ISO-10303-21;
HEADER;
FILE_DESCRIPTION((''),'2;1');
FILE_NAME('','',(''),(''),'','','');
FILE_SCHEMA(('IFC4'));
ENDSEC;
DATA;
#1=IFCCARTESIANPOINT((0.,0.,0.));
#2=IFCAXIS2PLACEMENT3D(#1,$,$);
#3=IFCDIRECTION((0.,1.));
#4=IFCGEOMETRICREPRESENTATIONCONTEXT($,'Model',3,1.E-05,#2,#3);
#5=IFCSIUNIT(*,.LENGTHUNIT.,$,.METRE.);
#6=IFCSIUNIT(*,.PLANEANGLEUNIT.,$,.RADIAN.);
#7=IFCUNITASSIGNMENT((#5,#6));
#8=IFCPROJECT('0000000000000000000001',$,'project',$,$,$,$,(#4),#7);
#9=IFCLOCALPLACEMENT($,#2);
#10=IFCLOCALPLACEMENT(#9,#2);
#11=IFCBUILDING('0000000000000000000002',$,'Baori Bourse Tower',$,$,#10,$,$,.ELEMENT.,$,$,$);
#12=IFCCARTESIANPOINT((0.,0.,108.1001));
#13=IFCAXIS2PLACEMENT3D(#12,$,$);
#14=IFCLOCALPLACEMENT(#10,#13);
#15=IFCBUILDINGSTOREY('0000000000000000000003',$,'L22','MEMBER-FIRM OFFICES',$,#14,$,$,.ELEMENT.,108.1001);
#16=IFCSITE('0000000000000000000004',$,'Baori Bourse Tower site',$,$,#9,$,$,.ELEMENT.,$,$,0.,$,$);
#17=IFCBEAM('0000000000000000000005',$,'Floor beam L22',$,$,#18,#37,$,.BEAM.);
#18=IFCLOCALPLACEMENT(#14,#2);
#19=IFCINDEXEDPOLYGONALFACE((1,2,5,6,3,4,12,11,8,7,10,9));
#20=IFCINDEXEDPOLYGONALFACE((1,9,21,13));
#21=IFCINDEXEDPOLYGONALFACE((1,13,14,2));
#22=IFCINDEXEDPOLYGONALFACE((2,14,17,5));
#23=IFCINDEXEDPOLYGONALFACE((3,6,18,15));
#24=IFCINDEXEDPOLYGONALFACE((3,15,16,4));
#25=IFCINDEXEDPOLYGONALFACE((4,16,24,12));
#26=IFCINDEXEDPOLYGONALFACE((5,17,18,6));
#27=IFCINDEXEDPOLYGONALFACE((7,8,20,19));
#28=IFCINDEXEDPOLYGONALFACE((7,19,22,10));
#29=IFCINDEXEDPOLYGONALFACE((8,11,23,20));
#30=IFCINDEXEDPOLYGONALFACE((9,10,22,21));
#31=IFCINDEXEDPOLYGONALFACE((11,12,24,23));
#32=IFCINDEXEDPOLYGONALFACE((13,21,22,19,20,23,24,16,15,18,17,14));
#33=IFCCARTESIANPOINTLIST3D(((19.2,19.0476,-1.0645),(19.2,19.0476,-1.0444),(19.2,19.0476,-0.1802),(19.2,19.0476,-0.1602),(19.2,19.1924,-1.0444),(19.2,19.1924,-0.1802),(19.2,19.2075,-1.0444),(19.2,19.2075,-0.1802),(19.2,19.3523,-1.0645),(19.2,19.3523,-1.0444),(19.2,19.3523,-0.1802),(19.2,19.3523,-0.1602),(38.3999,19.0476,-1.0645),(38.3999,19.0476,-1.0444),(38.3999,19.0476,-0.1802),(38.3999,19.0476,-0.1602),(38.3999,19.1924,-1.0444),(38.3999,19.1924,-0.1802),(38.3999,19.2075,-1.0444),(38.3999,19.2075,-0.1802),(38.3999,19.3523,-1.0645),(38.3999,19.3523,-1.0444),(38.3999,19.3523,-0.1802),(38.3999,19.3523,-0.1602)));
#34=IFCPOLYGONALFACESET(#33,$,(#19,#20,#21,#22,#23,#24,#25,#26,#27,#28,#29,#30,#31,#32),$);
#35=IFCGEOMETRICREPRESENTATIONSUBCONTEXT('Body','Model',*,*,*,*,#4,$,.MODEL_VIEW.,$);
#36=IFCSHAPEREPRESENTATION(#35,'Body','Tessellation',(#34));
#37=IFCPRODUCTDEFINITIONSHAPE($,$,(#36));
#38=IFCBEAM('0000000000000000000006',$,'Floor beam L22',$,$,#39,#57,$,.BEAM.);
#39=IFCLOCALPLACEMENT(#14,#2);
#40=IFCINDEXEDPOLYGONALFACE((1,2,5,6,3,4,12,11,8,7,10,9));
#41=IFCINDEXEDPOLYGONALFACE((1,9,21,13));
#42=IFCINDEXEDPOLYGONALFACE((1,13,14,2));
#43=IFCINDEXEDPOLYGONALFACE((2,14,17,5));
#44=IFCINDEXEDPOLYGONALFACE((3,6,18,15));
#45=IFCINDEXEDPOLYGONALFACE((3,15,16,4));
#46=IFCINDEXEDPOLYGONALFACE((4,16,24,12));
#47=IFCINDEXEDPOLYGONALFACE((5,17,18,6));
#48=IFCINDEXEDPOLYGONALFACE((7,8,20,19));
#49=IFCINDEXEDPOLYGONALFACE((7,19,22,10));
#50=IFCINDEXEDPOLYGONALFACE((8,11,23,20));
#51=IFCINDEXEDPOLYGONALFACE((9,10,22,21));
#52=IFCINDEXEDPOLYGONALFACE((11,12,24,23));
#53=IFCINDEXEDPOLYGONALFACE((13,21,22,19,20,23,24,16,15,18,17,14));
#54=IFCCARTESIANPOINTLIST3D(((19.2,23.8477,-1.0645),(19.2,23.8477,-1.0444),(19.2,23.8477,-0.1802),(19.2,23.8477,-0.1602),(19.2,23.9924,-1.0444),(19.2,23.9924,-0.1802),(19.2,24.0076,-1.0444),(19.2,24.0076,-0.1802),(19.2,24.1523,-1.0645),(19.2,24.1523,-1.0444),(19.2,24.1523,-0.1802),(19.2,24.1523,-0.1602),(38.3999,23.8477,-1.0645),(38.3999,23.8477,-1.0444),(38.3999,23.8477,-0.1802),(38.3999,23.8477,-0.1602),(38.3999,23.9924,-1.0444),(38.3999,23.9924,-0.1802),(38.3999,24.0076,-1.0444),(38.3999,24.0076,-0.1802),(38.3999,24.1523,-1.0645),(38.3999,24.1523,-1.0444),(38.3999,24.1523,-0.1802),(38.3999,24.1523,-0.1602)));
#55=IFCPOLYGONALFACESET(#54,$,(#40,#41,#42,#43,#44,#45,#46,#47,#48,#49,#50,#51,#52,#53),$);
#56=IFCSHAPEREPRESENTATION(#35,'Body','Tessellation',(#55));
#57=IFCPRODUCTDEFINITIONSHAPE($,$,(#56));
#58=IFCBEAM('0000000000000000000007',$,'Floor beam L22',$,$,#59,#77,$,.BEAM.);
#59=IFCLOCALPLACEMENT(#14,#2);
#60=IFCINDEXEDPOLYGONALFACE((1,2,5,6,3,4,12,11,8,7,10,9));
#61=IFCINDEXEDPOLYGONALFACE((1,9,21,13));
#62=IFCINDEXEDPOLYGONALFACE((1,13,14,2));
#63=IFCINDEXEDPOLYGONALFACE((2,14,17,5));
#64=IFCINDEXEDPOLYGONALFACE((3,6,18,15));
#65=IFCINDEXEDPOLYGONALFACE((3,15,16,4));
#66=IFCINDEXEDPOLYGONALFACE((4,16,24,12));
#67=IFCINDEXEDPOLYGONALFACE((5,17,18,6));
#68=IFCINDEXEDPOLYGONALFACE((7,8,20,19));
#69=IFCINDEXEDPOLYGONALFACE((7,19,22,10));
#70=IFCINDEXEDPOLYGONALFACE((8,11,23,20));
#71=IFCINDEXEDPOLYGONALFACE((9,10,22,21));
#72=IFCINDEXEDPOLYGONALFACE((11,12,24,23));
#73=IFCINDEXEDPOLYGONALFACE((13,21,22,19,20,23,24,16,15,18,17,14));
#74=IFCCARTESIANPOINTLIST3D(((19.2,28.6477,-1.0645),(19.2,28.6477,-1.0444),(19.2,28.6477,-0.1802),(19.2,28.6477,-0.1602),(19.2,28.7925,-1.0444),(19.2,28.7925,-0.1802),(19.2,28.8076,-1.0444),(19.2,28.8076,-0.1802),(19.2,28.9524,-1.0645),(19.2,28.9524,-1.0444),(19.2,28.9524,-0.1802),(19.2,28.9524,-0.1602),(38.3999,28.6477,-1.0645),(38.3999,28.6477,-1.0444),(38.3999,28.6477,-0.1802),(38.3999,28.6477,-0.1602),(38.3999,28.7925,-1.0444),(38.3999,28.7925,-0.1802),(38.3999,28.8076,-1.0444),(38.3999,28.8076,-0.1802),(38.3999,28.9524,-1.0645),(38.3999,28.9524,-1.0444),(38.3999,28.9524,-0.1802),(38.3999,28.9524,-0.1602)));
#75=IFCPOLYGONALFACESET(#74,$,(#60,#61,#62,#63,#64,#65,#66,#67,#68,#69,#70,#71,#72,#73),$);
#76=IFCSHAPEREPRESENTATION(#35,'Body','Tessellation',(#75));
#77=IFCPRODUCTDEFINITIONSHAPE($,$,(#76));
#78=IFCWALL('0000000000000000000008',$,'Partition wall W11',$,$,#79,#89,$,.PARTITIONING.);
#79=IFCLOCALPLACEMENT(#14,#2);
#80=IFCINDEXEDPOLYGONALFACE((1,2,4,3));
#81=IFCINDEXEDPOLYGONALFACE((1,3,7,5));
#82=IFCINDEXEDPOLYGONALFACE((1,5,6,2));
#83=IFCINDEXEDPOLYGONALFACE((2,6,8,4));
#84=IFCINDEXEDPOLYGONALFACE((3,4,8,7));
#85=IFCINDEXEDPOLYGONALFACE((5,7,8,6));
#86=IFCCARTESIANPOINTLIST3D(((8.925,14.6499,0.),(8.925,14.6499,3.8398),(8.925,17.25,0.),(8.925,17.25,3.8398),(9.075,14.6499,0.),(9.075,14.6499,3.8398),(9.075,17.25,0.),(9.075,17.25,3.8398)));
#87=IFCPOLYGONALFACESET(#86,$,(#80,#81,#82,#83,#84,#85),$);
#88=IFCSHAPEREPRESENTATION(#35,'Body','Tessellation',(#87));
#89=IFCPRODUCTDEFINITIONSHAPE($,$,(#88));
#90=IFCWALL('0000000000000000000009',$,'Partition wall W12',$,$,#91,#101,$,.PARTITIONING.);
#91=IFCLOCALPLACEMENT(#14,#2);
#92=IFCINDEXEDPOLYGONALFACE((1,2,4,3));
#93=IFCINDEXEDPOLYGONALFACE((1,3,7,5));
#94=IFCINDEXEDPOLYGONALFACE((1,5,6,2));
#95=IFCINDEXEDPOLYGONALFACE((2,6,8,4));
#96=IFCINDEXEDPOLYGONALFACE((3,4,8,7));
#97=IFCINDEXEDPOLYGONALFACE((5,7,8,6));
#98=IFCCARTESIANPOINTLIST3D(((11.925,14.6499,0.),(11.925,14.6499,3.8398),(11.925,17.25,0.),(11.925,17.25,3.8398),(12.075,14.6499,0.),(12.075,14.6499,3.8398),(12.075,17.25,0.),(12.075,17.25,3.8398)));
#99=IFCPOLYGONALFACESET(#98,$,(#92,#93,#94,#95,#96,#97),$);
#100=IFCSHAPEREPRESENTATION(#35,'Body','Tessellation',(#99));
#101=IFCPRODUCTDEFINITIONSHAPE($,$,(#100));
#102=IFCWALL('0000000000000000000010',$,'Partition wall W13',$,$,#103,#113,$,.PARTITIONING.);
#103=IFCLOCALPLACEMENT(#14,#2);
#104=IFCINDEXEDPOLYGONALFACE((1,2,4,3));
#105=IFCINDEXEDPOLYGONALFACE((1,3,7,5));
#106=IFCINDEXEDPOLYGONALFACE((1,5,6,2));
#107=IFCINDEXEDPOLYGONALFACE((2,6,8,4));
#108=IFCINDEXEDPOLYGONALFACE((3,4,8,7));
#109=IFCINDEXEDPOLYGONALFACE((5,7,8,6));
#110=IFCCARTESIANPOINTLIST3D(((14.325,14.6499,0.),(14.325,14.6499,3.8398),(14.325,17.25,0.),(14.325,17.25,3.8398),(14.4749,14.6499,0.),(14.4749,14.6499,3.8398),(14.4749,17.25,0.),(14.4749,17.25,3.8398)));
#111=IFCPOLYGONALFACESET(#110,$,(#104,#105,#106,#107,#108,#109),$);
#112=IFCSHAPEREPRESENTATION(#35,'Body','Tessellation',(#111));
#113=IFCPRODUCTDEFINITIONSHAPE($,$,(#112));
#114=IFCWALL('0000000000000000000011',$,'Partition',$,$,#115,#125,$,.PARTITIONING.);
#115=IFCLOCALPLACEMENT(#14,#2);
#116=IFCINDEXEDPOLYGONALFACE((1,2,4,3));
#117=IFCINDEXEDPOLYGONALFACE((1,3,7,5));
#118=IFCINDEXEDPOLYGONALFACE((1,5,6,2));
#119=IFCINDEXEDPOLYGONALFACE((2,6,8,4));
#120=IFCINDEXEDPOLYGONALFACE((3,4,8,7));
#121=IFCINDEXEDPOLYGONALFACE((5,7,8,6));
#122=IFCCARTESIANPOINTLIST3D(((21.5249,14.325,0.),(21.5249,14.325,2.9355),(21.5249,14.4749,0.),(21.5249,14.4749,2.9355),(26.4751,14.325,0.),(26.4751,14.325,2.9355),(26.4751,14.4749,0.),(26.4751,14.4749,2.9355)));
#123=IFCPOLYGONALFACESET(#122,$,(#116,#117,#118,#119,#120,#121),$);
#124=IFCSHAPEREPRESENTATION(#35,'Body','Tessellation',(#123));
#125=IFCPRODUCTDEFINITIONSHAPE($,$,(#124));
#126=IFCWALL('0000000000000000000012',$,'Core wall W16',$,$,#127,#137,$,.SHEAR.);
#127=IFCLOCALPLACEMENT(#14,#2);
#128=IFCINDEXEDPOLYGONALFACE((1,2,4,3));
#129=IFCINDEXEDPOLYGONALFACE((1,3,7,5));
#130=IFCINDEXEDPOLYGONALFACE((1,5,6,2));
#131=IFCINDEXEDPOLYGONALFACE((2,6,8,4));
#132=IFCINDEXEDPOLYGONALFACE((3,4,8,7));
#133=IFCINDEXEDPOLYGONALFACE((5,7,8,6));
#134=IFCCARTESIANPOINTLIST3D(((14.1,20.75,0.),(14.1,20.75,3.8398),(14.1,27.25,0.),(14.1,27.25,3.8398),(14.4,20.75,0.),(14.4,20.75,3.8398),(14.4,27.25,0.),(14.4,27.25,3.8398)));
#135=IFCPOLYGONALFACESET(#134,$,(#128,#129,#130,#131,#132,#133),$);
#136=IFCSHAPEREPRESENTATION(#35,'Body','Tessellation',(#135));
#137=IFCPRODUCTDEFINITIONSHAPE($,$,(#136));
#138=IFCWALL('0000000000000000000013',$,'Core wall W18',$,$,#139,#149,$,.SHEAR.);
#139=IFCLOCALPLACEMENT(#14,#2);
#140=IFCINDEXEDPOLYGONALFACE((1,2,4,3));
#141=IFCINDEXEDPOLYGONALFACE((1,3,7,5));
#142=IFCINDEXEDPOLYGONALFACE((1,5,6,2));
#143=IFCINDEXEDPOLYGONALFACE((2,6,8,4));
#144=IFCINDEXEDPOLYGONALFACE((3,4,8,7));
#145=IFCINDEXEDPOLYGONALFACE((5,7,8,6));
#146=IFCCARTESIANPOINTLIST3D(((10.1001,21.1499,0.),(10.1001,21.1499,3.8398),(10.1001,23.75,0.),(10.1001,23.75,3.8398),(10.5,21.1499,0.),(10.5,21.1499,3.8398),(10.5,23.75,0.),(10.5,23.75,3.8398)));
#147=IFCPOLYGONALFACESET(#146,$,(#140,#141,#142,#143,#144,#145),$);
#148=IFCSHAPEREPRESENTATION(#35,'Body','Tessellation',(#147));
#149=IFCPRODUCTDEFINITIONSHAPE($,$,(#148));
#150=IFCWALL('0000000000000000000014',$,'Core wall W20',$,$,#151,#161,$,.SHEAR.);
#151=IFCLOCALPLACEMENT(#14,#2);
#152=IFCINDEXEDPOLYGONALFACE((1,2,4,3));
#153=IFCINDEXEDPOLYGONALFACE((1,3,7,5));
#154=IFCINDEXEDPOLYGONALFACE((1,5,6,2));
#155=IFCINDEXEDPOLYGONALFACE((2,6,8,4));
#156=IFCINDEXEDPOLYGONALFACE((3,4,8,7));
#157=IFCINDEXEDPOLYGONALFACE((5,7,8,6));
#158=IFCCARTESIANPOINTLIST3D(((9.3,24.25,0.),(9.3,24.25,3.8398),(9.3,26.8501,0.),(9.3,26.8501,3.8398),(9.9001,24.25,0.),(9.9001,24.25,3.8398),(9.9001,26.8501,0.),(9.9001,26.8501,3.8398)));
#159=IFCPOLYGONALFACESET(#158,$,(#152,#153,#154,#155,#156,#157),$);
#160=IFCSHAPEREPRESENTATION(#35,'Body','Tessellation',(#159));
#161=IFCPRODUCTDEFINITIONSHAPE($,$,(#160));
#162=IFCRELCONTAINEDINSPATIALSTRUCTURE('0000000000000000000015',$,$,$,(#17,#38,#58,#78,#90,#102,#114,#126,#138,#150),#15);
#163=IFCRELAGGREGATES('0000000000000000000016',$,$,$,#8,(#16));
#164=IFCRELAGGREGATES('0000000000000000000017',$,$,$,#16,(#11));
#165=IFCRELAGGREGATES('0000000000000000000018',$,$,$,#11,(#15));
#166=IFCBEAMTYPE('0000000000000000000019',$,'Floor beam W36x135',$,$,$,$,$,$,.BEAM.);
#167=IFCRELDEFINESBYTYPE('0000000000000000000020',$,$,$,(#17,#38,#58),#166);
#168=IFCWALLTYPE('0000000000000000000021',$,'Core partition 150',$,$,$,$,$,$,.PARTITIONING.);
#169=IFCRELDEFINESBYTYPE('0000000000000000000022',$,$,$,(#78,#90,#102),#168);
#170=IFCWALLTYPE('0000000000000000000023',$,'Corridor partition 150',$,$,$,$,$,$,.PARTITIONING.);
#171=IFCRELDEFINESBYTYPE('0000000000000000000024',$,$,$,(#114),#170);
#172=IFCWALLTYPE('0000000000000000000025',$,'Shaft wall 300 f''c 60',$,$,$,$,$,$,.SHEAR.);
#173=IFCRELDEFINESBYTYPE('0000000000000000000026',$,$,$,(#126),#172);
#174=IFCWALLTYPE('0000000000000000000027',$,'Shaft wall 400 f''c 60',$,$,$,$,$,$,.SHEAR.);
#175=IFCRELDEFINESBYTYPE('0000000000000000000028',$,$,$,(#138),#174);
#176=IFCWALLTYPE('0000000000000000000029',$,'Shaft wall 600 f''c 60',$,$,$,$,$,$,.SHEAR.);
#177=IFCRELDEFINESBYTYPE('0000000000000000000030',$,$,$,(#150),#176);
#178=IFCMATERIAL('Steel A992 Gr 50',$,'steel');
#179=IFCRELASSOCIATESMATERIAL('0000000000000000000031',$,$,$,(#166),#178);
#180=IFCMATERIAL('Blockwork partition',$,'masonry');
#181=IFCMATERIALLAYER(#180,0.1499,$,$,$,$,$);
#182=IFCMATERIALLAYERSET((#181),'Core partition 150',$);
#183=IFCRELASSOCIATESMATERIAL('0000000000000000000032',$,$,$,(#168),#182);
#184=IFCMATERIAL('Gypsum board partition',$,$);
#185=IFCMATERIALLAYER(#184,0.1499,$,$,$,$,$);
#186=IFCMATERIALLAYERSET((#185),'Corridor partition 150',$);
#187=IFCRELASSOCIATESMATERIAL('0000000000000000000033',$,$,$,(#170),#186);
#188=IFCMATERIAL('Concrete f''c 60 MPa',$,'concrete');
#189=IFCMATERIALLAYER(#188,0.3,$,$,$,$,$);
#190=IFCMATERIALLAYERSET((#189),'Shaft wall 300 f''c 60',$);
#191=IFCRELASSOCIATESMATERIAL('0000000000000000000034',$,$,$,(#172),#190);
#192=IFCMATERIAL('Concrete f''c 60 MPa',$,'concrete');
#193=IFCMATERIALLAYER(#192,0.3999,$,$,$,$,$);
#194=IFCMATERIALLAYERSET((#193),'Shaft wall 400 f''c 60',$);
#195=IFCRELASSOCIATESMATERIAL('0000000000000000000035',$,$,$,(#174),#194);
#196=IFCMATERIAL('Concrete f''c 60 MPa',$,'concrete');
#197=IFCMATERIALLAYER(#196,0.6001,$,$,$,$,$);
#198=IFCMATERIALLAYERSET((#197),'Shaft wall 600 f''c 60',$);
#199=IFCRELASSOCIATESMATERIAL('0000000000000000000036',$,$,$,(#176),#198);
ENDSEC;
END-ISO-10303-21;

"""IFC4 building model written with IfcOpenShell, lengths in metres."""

from ifc_helpers import new_model, si_unit, direction, frame, frame_2d, origin, origin_2d, place, context, subcontext, project, spatial, rectangle, i_section, extrude, material, layer, layer_set, material_profile, profile_set, type_object, element, save


model = new_model("IFC4")

# Units and contexts
model_context = context("Model", 3, precision=1e-05, world=origin(), true_north=direction((0.0, 1.0)))
body_context = subcontext(model_context, "Body", "Model", "MODEL_VIEW")
ifc_project = project(units=[si_unit("LENGTHUNIT", "METRE"), si_unit("PLANEANGLEUNIT", "RADIAN")], contexts=[model_context])

# Site, building, storey
site_placement = place(None, origin())
site = spatial("IfcSite", under=ifc_project, at=site_placement, Name="Baori Bourse Tower site", CompositionType="ELEMENT", RefElevation=0.0)
building_placement = place(site_placement, origin())
building = spatial("IfcBuilding", under=site, at=building_placement, Name="Baori Bourse Tower", CompositionType="ELEMENT")
storey_placement = place(building_placement, frame((0.0, 0.0, 108.1001)))
storey = spatial("IfcBuildingStorey", under=building, at=storey_placement, Name="L22", Description="MEMBER-FIRM OFFICES", CompositionType="ELEMENT", Elevation=108.1001)

# Beams
ifc_material_1 = material(Name="Steel A992 Gr 50", Category="steel")
ifc_material_profile = material_profile(ifc_material_1, i_section(OverallWidth=0.3047, OverallDepth=0.9043, WebThickness=0.0151, FlangeThickness=0.02, at=origin_2d()), Name="W36x135")
ifc_profile_set = profile_set([ifc_material_profile], Name="Steel A992 Gr 50")
beam_type = type_object("IfcBeamType", Name="Floor beam W36x135", PredefinedType="BEAM", material=ifc_profile_set)
for number, where, z_axis, x_axis, name in (
    (1, (19.2, 19.2, -0.6123), (1.0, 0.0, 0.0), (0.0, 1.0, 0.0), "Floor beam L22"),
    (2, (19.2, 24.0, -0.6123), (1.0, 0.0, 0.0), (0.0, 1.0, 0.0), "Floor beam L22"),
    (3, (19.2, 28.8, -0.6123), (1.0, 0.0, 0.0), (0.0, 1.0, 0.0), "Floor beam L22"),
):
    element("IfcBeam", number, at=place(storey_placement, frame(where, z_axis=z_axis, x_axis=x_axis)), inside=storey, type_object=beam_type, Name=name, PredefinedType="BEAM", context=body_context, shape_type="SweptSolid", body=[
        extrude(i_section(OverallWidth=0.3047, OverallDepth=0.9043, WebThickness=0.0151, FlangeThickness=0.02, at=origin_2d()), origin(), (0.0, 0.0, 1.0), 19.2),
    ])

# Walls
ifc_material_2 = material(Name="Blockwork partition", Category="masonry")
ifc_layer_1 = layer(ifc_material_2, 0.1499)
ifc_layer_set_1 = layer_set([ifc_layer_1], Name="Core partition 150")
wall_type_1 = type_object("IfcWallType", Name="Core partition 150", PredefinedType="PARTITIONING", material=ifc_layer_set_1)
for number, where, z_axis, x_axis, name in (
    (4, (9.0, 14.6499, 0.0), (0.0, 0.0, 1.0), (0.0, 1.0, 0.0), "Partition wall W11"),
    (5, (12.0, 14.6499, 0.0), (0.0, 0.0, 1.0), (0.0, 1.0, 0.0), "Partition wall W12"),
    (6, (14.3999, 14.6499, 0.0), (0.0, 0.0, 1.0), (0.0, 1.0, 0.0), "Partition wall W13"),
):
    element("IfcWall", number, at=place(storey_placement, frame(where, z_axis=z_axis, x_axis=x_axis)), inside=storey, type_object=wall_type_1, Name=name, PredefinedType="PARTITIONING", context=body_context, shape_type="SweptSolid", body=[
        extrude(rectangle(XDim=2.6001, YDim=0.1499, at=frame_2d((1.3, 0.0))), origin(), (0.0, 0.0, 1.0), 3.8398),
    ])
ifc_material_3 = material(Name="Gypsum board partition")
ifc_layer_2 = layer(ifc_material_3, 0.1499)
ifc_layer_set_2 = layer_set([ifc_layer_2], Name="Corridor partition 150")
wall_type_2 = type_object("IfcWallType", Name="Corridor partition 150", PredefinedType="PARTITIONING", material=ifc_layer_set_2)
wall_1_placement = place(storey_placement, frame((21.5249, 14.3999, 0.0), z_axis=(0.0, 0.0, 1.0), x_axis=(1.0, 0.0, 0.0)))
element("IfcWall", 7, at=wall_1_placement, inside=storey, type_object=wall_type_2, Name="Partition", PredefinedType="PARTITIONING", context=body_context, shape_type="SweptSolid", body=[
    extrude(rectangle(XDim=4.9502, YDim=0.1499, at=frame_2d((2.4751, 0.0))), origin(), (0.0, 0.0, 1.0), 2.9355),
])
ifc_material_4 = material(Name="Concrete f'c 60 MPa", Category="concrete")
ifc_layer_3 = layer(ifc_material_4, 0.3)
ifc_layer_set_3 = layer_set([ifc_layer_3], Name="Shaft wall 300 f'c 60")
wall_type_3 = type_object("IfcWallType", Name="Shaft wall 300 f'c 60", PredefinedType="SHEAR", material=ifc_layer_set_3)
wall_2_placement = place(storey_placement, frame((14.25, 20.75, 0.0), z_axis=(0.0, 0.0, 1.0), x_axis=(0.0, 1.0, 0.0)))
element("IfcWall", 8, at=wall_2_placement, inside=storey, type_object=wall_type_3, Name="Core wall W16", PredefinedType="SHEAR", context=body_context, shape_type="SweptSolid", body=[
    extrude(rectangle(XDim=6.5, YDim=0.3, at=frame_2d((3.25, 0.0))), origin(), (0.0, 0.0, 1.0), 3.8398),
])
ifc_material_5 = material(Name="Concrete f'c 60 MPa", Category="concrete")
ifc_layer_4 = layer(ifc_material_5, 0.3999)
ifc_layer_set_4 = layer_set([ifc_layer_4], Name="Shaft wall 400 f'c 60")
wall_type_4 = type_object("IfcWallType", Name="Shaft wall 400 f'c 60", PredefinedType="SHEAR", material=ifc_layer_set_4)
wall_3_placement = place(storey_placement, frame((10.3, 21.1499, 0.0), z_axis=(0.0, 0.0, 1.0), x_axis=(0.0, 1.0, 0.0)))
element("IfcWall", 9, at=wall_3_placement, inside=storey, type_object=wall_type_4, Name="Core wall W18", PredefinedType="SHEAR", context=body_context, shape_type="SweptSolid", body=[
    extrude(rectangle(XDim=2.6001, YDim=0.3999, at=frame_2d((1.3, 0.0))), origin(), (0.0, 0.0, 1.0), 3.8398),
])
ifc_material_6 = material(Name="Concrete f'c 60 MPa", Category="concrete")
ifc_layer_5 = layer(ifc_material_6, 0.6001)
ifc_layer_set_5 = layer_set([ifc_layer_5], Name="Shaft wall 600 f'c 60")
wall_type_5 = type_object("IfcWallType", Name="Shaft wall 600 f'c 60", PredefinedType="SHEAR", material=ifc_layer_set_5)
wall_4_placement = place(storey_placement, frame((9.6001, 24.25, 0.0), z_axis=(0.0, 0.0, 1.0), x_axis=(0.0, 1.0, 0.0)))
element("IfcWall", 10, at=wall_4_placement, inside=storey, type_object=wall_type_5, Name="Core wall W20", PredefinedType="SHEAR", context=body_context, shape_type="SweptSolid", body=[
    extrude(rectangle(XDim=2.6001, YDim=0.6001, at=frame_2d((1.3, 0.0))), origin(), (0.0, 0.0, 1.0), 3.8398),
])

save(model, "model.ifc")
